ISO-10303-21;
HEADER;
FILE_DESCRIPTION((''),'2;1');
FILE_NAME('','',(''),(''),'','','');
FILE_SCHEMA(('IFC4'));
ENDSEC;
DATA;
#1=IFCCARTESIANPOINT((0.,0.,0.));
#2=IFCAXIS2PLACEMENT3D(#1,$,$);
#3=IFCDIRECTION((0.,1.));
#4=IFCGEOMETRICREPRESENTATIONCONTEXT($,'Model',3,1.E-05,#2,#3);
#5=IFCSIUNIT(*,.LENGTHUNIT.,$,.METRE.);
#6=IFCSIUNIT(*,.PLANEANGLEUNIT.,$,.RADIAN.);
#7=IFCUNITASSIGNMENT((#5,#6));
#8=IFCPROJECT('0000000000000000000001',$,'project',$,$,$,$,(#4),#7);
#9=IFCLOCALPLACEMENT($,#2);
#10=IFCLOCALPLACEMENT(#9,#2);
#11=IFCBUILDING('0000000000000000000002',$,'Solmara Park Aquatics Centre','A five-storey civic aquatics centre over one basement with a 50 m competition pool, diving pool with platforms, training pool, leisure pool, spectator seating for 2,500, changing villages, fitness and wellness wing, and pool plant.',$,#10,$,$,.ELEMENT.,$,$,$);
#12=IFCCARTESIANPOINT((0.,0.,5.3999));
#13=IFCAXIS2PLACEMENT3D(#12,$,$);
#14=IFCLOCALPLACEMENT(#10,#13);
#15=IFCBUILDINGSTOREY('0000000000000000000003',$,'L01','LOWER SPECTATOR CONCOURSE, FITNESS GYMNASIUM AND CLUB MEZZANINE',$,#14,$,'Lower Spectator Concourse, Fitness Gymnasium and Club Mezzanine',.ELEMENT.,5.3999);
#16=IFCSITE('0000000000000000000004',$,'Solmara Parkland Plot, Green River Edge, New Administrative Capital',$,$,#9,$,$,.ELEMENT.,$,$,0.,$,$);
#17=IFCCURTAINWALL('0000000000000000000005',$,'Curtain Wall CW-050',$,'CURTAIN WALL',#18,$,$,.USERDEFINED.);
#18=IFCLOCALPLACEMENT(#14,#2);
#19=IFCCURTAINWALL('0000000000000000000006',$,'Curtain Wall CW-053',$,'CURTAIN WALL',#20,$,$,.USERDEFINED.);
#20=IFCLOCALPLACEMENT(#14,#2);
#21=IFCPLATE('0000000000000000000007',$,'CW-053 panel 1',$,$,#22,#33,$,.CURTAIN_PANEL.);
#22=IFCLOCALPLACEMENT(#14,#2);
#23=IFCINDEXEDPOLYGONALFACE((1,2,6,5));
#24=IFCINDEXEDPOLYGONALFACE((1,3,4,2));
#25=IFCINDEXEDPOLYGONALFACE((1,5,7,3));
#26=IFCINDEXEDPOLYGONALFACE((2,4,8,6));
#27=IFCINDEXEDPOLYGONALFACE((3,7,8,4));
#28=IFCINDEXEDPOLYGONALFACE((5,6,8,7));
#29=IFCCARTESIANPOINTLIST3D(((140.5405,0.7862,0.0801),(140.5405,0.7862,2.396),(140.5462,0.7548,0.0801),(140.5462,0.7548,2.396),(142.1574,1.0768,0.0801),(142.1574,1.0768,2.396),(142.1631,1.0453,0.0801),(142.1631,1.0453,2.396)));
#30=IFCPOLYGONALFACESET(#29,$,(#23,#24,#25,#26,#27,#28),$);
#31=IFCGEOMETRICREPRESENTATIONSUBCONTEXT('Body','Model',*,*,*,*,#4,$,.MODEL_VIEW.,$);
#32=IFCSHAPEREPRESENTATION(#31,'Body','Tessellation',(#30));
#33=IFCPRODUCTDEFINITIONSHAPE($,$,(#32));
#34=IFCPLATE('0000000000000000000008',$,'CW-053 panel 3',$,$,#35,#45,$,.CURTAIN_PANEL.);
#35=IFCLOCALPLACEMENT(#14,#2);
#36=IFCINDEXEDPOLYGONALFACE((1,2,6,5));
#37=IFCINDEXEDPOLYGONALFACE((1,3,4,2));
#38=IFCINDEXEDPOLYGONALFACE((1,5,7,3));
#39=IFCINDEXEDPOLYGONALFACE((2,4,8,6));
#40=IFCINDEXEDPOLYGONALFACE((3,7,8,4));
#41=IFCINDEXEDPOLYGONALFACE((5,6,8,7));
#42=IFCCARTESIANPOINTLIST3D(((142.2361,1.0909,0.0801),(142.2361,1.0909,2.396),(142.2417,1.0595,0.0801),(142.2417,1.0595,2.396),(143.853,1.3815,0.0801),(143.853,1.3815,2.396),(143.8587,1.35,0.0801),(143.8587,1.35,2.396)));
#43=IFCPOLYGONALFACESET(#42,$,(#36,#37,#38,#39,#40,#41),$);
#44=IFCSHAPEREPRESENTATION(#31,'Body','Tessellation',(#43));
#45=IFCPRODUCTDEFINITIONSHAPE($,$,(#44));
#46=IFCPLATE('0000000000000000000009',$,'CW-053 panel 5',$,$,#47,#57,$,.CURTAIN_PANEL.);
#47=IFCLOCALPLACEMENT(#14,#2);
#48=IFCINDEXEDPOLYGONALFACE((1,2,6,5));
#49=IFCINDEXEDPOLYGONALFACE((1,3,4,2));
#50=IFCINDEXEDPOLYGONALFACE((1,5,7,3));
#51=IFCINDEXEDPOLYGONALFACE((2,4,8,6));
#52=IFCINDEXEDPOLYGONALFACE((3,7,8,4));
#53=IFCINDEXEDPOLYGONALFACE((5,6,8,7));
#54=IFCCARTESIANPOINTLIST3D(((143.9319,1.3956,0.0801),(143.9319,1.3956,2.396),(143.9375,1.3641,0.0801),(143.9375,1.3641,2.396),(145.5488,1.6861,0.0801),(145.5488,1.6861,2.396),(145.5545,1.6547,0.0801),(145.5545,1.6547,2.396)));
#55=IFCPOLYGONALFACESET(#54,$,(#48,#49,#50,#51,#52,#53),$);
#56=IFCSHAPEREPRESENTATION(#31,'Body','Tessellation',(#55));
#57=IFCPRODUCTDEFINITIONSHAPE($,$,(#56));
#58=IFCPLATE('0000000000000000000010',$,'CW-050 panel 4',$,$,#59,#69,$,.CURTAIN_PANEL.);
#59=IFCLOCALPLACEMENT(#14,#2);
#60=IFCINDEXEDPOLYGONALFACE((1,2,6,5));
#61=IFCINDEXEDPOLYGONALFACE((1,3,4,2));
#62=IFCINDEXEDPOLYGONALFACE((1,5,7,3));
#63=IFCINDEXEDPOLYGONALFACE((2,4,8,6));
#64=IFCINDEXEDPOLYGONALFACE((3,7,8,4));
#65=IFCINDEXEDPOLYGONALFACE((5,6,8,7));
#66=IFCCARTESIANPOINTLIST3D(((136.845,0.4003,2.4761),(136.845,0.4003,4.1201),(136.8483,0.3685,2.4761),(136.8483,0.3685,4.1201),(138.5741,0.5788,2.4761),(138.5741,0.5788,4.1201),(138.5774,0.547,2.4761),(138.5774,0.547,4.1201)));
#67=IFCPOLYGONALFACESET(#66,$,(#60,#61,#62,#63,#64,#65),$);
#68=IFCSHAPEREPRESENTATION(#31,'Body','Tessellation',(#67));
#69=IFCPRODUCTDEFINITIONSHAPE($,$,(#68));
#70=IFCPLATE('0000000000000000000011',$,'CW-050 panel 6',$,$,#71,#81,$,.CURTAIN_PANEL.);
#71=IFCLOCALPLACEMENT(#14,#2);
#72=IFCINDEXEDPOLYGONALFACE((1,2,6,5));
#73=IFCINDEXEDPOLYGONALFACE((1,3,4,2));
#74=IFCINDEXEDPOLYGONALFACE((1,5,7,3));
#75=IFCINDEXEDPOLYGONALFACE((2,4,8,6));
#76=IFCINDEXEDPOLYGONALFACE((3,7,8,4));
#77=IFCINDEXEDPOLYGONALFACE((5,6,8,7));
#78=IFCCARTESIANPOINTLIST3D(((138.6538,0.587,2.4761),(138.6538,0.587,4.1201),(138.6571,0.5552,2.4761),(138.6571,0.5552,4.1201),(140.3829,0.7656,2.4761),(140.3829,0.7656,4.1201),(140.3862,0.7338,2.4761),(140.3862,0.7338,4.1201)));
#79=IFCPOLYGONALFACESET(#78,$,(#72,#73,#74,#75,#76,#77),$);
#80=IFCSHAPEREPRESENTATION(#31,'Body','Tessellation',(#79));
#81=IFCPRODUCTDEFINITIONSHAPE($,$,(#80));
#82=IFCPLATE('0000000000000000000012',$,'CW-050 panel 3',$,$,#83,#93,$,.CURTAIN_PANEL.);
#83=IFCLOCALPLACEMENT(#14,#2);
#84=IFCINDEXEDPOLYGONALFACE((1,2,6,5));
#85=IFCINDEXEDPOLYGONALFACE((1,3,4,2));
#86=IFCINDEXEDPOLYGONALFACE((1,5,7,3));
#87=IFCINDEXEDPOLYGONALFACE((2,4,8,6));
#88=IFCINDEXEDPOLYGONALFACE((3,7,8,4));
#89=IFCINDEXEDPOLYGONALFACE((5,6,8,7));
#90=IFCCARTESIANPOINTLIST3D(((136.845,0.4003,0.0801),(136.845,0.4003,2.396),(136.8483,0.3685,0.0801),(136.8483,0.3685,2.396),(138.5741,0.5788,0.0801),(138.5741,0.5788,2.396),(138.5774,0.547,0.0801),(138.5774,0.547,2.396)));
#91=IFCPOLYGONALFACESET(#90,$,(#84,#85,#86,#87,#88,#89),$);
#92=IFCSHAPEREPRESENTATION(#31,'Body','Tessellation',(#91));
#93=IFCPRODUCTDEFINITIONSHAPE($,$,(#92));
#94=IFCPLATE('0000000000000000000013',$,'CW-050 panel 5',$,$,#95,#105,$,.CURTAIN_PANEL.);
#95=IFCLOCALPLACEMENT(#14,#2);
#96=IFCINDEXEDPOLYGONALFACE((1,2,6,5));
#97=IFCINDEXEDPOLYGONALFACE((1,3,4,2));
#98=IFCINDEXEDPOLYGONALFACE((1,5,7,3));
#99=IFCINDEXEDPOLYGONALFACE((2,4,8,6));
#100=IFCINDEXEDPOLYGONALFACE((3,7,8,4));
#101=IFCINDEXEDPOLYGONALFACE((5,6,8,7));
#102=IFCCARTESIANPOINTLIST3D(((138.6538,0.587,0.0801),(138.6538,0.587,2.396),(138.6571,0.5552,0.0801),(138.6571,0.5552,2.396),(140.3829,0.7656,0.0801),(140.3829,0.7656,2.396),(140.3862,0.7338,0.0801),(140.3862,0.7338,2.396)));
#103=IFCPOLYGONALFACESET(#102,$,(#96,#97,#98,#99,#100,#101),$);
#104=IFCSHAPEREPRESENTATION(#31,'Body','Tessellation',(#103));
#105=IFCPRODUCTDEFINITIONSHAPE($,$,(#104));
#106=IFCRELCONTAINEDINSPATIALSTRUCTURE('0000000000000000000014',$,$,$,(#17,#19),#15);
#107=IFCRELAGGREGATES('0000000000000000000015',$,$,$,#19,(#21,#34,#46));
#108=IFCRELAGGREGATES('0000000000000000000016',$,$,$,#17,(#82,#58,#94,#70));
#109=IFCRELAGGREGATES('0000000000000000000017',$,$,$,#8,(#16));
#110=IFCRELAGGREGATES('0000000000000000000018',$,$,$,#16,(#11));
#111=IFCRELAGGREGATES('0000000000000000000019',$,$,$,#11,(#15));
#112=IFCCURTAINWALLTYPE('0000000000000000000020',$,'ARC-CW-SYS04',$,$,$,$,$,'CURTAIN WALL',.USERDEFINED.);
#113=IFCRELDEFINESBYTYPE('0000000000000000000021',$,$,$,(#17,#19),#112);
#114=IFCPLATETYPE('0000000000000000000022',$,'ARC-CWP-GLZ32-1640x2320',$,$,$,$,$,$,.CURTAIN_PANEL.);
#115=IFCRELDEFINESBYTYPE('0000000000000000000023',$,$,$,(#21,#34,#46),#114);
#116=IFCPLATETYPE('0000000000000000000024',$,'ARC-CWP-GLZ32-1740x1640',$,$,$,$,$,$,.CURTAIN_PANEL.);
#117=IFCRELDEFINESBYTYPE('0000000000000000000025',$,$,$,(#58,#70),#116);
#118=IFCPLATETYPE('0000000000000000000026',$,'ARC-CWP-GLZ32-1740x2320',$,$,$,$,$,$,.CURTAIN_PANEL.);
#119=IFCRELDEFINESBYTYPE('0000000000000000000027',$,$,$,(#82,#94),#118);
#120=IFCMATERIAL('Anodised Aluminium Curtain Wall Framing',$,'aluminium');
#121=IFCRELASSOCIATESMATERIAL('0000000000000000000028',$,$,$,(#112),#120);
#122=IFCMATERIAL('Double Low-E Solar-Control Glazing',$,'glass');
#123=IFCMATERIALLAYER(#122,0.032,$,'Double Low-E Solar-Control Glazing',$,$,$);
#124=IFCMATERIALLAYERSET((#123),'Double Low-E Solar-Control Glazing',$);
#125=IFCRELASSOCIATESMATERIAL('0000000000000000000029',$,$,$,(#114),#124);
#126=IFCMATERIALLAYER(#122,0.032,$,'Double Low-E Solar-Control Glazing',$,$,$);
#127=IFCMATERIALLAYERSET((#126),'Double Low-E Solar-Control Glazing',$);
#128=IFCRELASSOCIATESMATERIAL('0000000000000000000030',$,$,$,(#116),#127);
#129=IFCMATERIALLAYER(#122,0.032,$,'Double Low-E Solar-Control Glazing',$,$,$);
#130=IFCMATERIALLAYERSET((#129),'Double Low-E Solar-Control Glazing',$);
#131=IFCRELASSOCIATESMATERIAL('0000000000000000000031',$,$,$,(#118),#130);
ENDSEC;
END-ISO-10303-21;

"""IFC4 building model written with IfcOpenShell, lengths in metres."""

from ifc_helpers import new_model, si_unit, direction, frame, origin, origin_2d, place, context, subcontext, project, spatial, rectangle, extrude, material, layer, layer_set, type_object, element, aggregate, save


model = new_model("IFC4")

# Units and contexts
model_context = context("Model", 3, precision=1e-05, world=origin(), true_north=direction((0.0, 1.0)))
body_context = subcontext(model_context, "Body", "Model", "MODEL_VIEW")
ifc_project = project(units=[si_unit("LENGTHUNIT", "METRE"), si_unit("PLANEANGLEUNIT", "RADIAN")], contexts=[model_context])

# Site, building, storey
site_placement = place(None, origin())
site = spatial("IfcSite", under=ifc_project, at=site_placement, Name="Solmara Parkland Plot, Green River Edge, New Administrative Capital", CompositionType="ELEMENT", RefElevation=0.0)
building_placement = place(site_placement, origin())
building = spatial("IfcBuilding", under=site, at=building_placement, Name="Solmara Park Aquatics Centre", Description="A five-storey civic aquatics centre over one basement with a 50 m competition pool, diving pool with platforms, training pool, leisure pool, spectator seating for 2,500, changing villages, fitness and wellness wing, and pool plant.", CompositionType="ELEMENT")
storey_placement = place(building_placement, frame((0.0, 0.0, 5.3999)))
storey = spatial("IfcBuildingStorey", under=building, at=storey_placement, Name="L01", Description="LOWER SPECTATOR CONCOURSE, FITNESS GYMNASIUM AND CLUB MEZZANINE", LongName="Lower Spectator Concourse, Fitness Gymnasium and Club Mezzanine", CompositionType="ELEMENT", Elevation=5.3999)

# Curtain walls
ifc_material_1 = material(Name="Anodised Aluminium Curtain Wall Framing", Category="aluminium")
curtain_wall_type = type_object("IfcCurtainWallType", Name="ARC-CW-SYS04", ElementType="CURTAIN WALL", PredefinedType="USERDEFINED", material=ifc_material_1)
curtain_wall_1_placement = place(storey_placement, origin())
curtain_wall_1 = element("IfcCurtainWall", 1, at=curtain_wall_1_placement, inside=storey, type_object=curtain_wall_type, Name="Curtain Wall CW-050", ObjectType="CURTAIN WALL", PredefinedType="USERDEFINED")
curtain_wall_2_placement = place(storey_placement, origin())
curtain_wall_2 = element("IfcCurtainWall", 2, at=curtain_wall_2_placement, inside=storey, type_object=curtain_wall_type, Name="Curtain Wall CW-053", ObjectType="CURTAIN WALL", PredefinedType="USERDEFINED")

# Plates
ifc_material_2 = material(Name="Double Low-E Solar-Control Glazing", Category="glass")
ifc_layer_1 = layer(ifc_material_2, 0.032, Name="Double Low-E Solar-Control Glazing")
ifc_layer_set_1 = layer_set([ifc_layer_1], Name="Double Low-E Solar-Control Glazing")
plate_type_1 = type_object("IfcPlateType", Name="ARC-CWP-GLZ32-1640x2320", PredefinedType="CURTAIN_PANEL", material=ifc_layer_set_1)
plate_1_placement = place(storey_placement, frame((141.3518, 0.9158, 0.0801), z_axis=(0.0, 0.0, 1.0), x_axis=(0.984239, 0.176846, 0.0)))
plate_1 = element("IfcPlate", 3, at=plate_1_placement, type_object=plate_type_1, Name="CW-053 panel 1", PredefinedType="CURTAIN_PANEL", context=body_context, shape_type="SweptSolid", body=[
    extrude(rectangle(XDim=1.6428, YDim=0.032, at=origin_2d()), origin(), (0.0, 0.0, 1.0), 2.3159),
])
plate_2_placement = place(storey_placement, frame((143.0474, 1.2205, 0.0801), z_axis=(0.0, 0.0, 1.0), x_axis=(0.984239, 0.176846, 0.0)))
plate_2 = element("IfcPlate", 4, at=plate_2_placement, type_object=plate_type_1, Name="CW-053 panel 3", PredefinedType="CURTAIN_PANEL", context=body_context, shape_type="SweptSolid", body=[
    extrude(rectangle(XDim=1.6428, YDim=0.032, at=origin_2d()), origin(), (0.0, 0.0, 1.0), 2.3159),
])
plate_3_placement = place(storey_placement, frame((144.7432, 1.5251, 0.0801), z_axis=(0.0, 0.0, 1.0), x_axis=(0.984239, 0.176846, 0.0)))
plate_3 = element("IfcPlate", 5, at=plate_3_placement, type_object=plate_type_1, Name="CW-053 panel 5", PredefinedType="CURTAIN_PANEL", context=body_context, shape_type="SweptSolid", body=[
    extrude(rectangle(XDim=1.6428, YDim=0.032, at=origin_2d()), origin(), (0.0, 0.0, 1.0), 2.3159),
])
aggregate(curtain_wall_2, [plate_1, plate_2, plate_3])
ifc_layer_2 = layer(ifc_material_2, 0.032, Name="Double Low-E Solar-Control Glazing")
ifc_layer_set_2 = layer_set([ifc_layer_2], Name="Double Low-E Solar-Control Glazing")
plate_type_2 = type_object("IfcPlateType", Name="ARC-CWP-GLZ32-1740x1640", PredefinedType="CURTAIN_PANEL", material=ifc_layer_set_2)
plate_4_placement = place(storey_placement, frame((137.7112, 0.4736, 2.4761), z_axis=(0.0, 0.0, 1.0), x_axis=(0.994711, 0.102709, 0.0)))
plate_4 = element("IfcPlate", 6, at=plate_4_placement, type_object=plate_type_2, Name="CW-050 panel 4", PredefinedType="CURTAIN_PANEL", context=body_context, shape_type="SweptSolid", body=[
    extrude(rectangle(XDim=1.7383, YDim=0.032, at=origin_2d()), origin(), (0.0, 0.0, 1.0), 1.644),
])
plate_5_placement = place(storey_placement, frame((139.52, 0.6604, 2.4761), z_axis=(0.0, 0.0, 1.0), x_axis=(0.994711, 0.102709, 0.0)))
plate_5 = element("IfcPlate", 7, at=plate_5_placement, type_object=plate_type_2, Name="CW-050 panel 6", PredefinedType="CURTAIN_PANEL", context=body_context, shape_type="SweptSolid", body=[
    extrude(rectangle(XDim=1.7383, YDim=0.032, at=origin_2d()), origin(), (0.0, 0.0, 1.0), 1.644),
])
ifc_layer_3 = layer(ifc_material_2, 0.032, Name="Double Low-E Solar-Control Glazing")
ifc_layer_set_3 = layer_set([ifc_layer_3], Name="Double Low-E Solar-Control Glazing")
plate_type_3 = type_object("IfcPlateType", Name="ARC-CWP-GLZ32-1740x2320", PredefinedType="CURTAIN_PANEL", material=ifc_layer_set_3)
plate_6_placement = place(storey_placement, frame((137.7112, 0.4736, 0.0801), z_axis=(0.0, 0.0, 1.0), x_axis=(0.994711, 0.102709, 0.0)))
plate_6 = element("IfcPlate", 8, at=plate_6_placement, type_object=plate_type_3, Name="CW-050 panel 3", PredefinedType="CURTAIN_PANEL", context=body_context, shape_type="SweptSolid", body=[
    extrude(rectangle(XDim=1.7383, YDim=0.032, at=origin_2d()), origin(), (0.0, 0.0, 1.0), 2.3159),
])
plate_7_placement = place(storey_placement, frame((139.52, 0.6604, 0.0801), z_axis=(0.0, 0.0, 1.0), x_axis=(0.994711, 0.102709, 0.0)))
plate_7 = element("IfcPlate", 9, at=plate_7_placement, type_object=plate_type_3, Name="CW-050 panel 5", PredefinedType="CURTAIN_PANEL", context=body_context, shape_type="SweptSolid", body=[
    extrude(rectangle(XDim=1.7383, YDim=0.032, at=origin_2d()), origin(), (0.0, 0.0, 1.0), 2.3159),
])
aggregate(curtain_wall_1, [plate_6, plate_4, plate_7, plate_5])

save(model, "model.ifc")
